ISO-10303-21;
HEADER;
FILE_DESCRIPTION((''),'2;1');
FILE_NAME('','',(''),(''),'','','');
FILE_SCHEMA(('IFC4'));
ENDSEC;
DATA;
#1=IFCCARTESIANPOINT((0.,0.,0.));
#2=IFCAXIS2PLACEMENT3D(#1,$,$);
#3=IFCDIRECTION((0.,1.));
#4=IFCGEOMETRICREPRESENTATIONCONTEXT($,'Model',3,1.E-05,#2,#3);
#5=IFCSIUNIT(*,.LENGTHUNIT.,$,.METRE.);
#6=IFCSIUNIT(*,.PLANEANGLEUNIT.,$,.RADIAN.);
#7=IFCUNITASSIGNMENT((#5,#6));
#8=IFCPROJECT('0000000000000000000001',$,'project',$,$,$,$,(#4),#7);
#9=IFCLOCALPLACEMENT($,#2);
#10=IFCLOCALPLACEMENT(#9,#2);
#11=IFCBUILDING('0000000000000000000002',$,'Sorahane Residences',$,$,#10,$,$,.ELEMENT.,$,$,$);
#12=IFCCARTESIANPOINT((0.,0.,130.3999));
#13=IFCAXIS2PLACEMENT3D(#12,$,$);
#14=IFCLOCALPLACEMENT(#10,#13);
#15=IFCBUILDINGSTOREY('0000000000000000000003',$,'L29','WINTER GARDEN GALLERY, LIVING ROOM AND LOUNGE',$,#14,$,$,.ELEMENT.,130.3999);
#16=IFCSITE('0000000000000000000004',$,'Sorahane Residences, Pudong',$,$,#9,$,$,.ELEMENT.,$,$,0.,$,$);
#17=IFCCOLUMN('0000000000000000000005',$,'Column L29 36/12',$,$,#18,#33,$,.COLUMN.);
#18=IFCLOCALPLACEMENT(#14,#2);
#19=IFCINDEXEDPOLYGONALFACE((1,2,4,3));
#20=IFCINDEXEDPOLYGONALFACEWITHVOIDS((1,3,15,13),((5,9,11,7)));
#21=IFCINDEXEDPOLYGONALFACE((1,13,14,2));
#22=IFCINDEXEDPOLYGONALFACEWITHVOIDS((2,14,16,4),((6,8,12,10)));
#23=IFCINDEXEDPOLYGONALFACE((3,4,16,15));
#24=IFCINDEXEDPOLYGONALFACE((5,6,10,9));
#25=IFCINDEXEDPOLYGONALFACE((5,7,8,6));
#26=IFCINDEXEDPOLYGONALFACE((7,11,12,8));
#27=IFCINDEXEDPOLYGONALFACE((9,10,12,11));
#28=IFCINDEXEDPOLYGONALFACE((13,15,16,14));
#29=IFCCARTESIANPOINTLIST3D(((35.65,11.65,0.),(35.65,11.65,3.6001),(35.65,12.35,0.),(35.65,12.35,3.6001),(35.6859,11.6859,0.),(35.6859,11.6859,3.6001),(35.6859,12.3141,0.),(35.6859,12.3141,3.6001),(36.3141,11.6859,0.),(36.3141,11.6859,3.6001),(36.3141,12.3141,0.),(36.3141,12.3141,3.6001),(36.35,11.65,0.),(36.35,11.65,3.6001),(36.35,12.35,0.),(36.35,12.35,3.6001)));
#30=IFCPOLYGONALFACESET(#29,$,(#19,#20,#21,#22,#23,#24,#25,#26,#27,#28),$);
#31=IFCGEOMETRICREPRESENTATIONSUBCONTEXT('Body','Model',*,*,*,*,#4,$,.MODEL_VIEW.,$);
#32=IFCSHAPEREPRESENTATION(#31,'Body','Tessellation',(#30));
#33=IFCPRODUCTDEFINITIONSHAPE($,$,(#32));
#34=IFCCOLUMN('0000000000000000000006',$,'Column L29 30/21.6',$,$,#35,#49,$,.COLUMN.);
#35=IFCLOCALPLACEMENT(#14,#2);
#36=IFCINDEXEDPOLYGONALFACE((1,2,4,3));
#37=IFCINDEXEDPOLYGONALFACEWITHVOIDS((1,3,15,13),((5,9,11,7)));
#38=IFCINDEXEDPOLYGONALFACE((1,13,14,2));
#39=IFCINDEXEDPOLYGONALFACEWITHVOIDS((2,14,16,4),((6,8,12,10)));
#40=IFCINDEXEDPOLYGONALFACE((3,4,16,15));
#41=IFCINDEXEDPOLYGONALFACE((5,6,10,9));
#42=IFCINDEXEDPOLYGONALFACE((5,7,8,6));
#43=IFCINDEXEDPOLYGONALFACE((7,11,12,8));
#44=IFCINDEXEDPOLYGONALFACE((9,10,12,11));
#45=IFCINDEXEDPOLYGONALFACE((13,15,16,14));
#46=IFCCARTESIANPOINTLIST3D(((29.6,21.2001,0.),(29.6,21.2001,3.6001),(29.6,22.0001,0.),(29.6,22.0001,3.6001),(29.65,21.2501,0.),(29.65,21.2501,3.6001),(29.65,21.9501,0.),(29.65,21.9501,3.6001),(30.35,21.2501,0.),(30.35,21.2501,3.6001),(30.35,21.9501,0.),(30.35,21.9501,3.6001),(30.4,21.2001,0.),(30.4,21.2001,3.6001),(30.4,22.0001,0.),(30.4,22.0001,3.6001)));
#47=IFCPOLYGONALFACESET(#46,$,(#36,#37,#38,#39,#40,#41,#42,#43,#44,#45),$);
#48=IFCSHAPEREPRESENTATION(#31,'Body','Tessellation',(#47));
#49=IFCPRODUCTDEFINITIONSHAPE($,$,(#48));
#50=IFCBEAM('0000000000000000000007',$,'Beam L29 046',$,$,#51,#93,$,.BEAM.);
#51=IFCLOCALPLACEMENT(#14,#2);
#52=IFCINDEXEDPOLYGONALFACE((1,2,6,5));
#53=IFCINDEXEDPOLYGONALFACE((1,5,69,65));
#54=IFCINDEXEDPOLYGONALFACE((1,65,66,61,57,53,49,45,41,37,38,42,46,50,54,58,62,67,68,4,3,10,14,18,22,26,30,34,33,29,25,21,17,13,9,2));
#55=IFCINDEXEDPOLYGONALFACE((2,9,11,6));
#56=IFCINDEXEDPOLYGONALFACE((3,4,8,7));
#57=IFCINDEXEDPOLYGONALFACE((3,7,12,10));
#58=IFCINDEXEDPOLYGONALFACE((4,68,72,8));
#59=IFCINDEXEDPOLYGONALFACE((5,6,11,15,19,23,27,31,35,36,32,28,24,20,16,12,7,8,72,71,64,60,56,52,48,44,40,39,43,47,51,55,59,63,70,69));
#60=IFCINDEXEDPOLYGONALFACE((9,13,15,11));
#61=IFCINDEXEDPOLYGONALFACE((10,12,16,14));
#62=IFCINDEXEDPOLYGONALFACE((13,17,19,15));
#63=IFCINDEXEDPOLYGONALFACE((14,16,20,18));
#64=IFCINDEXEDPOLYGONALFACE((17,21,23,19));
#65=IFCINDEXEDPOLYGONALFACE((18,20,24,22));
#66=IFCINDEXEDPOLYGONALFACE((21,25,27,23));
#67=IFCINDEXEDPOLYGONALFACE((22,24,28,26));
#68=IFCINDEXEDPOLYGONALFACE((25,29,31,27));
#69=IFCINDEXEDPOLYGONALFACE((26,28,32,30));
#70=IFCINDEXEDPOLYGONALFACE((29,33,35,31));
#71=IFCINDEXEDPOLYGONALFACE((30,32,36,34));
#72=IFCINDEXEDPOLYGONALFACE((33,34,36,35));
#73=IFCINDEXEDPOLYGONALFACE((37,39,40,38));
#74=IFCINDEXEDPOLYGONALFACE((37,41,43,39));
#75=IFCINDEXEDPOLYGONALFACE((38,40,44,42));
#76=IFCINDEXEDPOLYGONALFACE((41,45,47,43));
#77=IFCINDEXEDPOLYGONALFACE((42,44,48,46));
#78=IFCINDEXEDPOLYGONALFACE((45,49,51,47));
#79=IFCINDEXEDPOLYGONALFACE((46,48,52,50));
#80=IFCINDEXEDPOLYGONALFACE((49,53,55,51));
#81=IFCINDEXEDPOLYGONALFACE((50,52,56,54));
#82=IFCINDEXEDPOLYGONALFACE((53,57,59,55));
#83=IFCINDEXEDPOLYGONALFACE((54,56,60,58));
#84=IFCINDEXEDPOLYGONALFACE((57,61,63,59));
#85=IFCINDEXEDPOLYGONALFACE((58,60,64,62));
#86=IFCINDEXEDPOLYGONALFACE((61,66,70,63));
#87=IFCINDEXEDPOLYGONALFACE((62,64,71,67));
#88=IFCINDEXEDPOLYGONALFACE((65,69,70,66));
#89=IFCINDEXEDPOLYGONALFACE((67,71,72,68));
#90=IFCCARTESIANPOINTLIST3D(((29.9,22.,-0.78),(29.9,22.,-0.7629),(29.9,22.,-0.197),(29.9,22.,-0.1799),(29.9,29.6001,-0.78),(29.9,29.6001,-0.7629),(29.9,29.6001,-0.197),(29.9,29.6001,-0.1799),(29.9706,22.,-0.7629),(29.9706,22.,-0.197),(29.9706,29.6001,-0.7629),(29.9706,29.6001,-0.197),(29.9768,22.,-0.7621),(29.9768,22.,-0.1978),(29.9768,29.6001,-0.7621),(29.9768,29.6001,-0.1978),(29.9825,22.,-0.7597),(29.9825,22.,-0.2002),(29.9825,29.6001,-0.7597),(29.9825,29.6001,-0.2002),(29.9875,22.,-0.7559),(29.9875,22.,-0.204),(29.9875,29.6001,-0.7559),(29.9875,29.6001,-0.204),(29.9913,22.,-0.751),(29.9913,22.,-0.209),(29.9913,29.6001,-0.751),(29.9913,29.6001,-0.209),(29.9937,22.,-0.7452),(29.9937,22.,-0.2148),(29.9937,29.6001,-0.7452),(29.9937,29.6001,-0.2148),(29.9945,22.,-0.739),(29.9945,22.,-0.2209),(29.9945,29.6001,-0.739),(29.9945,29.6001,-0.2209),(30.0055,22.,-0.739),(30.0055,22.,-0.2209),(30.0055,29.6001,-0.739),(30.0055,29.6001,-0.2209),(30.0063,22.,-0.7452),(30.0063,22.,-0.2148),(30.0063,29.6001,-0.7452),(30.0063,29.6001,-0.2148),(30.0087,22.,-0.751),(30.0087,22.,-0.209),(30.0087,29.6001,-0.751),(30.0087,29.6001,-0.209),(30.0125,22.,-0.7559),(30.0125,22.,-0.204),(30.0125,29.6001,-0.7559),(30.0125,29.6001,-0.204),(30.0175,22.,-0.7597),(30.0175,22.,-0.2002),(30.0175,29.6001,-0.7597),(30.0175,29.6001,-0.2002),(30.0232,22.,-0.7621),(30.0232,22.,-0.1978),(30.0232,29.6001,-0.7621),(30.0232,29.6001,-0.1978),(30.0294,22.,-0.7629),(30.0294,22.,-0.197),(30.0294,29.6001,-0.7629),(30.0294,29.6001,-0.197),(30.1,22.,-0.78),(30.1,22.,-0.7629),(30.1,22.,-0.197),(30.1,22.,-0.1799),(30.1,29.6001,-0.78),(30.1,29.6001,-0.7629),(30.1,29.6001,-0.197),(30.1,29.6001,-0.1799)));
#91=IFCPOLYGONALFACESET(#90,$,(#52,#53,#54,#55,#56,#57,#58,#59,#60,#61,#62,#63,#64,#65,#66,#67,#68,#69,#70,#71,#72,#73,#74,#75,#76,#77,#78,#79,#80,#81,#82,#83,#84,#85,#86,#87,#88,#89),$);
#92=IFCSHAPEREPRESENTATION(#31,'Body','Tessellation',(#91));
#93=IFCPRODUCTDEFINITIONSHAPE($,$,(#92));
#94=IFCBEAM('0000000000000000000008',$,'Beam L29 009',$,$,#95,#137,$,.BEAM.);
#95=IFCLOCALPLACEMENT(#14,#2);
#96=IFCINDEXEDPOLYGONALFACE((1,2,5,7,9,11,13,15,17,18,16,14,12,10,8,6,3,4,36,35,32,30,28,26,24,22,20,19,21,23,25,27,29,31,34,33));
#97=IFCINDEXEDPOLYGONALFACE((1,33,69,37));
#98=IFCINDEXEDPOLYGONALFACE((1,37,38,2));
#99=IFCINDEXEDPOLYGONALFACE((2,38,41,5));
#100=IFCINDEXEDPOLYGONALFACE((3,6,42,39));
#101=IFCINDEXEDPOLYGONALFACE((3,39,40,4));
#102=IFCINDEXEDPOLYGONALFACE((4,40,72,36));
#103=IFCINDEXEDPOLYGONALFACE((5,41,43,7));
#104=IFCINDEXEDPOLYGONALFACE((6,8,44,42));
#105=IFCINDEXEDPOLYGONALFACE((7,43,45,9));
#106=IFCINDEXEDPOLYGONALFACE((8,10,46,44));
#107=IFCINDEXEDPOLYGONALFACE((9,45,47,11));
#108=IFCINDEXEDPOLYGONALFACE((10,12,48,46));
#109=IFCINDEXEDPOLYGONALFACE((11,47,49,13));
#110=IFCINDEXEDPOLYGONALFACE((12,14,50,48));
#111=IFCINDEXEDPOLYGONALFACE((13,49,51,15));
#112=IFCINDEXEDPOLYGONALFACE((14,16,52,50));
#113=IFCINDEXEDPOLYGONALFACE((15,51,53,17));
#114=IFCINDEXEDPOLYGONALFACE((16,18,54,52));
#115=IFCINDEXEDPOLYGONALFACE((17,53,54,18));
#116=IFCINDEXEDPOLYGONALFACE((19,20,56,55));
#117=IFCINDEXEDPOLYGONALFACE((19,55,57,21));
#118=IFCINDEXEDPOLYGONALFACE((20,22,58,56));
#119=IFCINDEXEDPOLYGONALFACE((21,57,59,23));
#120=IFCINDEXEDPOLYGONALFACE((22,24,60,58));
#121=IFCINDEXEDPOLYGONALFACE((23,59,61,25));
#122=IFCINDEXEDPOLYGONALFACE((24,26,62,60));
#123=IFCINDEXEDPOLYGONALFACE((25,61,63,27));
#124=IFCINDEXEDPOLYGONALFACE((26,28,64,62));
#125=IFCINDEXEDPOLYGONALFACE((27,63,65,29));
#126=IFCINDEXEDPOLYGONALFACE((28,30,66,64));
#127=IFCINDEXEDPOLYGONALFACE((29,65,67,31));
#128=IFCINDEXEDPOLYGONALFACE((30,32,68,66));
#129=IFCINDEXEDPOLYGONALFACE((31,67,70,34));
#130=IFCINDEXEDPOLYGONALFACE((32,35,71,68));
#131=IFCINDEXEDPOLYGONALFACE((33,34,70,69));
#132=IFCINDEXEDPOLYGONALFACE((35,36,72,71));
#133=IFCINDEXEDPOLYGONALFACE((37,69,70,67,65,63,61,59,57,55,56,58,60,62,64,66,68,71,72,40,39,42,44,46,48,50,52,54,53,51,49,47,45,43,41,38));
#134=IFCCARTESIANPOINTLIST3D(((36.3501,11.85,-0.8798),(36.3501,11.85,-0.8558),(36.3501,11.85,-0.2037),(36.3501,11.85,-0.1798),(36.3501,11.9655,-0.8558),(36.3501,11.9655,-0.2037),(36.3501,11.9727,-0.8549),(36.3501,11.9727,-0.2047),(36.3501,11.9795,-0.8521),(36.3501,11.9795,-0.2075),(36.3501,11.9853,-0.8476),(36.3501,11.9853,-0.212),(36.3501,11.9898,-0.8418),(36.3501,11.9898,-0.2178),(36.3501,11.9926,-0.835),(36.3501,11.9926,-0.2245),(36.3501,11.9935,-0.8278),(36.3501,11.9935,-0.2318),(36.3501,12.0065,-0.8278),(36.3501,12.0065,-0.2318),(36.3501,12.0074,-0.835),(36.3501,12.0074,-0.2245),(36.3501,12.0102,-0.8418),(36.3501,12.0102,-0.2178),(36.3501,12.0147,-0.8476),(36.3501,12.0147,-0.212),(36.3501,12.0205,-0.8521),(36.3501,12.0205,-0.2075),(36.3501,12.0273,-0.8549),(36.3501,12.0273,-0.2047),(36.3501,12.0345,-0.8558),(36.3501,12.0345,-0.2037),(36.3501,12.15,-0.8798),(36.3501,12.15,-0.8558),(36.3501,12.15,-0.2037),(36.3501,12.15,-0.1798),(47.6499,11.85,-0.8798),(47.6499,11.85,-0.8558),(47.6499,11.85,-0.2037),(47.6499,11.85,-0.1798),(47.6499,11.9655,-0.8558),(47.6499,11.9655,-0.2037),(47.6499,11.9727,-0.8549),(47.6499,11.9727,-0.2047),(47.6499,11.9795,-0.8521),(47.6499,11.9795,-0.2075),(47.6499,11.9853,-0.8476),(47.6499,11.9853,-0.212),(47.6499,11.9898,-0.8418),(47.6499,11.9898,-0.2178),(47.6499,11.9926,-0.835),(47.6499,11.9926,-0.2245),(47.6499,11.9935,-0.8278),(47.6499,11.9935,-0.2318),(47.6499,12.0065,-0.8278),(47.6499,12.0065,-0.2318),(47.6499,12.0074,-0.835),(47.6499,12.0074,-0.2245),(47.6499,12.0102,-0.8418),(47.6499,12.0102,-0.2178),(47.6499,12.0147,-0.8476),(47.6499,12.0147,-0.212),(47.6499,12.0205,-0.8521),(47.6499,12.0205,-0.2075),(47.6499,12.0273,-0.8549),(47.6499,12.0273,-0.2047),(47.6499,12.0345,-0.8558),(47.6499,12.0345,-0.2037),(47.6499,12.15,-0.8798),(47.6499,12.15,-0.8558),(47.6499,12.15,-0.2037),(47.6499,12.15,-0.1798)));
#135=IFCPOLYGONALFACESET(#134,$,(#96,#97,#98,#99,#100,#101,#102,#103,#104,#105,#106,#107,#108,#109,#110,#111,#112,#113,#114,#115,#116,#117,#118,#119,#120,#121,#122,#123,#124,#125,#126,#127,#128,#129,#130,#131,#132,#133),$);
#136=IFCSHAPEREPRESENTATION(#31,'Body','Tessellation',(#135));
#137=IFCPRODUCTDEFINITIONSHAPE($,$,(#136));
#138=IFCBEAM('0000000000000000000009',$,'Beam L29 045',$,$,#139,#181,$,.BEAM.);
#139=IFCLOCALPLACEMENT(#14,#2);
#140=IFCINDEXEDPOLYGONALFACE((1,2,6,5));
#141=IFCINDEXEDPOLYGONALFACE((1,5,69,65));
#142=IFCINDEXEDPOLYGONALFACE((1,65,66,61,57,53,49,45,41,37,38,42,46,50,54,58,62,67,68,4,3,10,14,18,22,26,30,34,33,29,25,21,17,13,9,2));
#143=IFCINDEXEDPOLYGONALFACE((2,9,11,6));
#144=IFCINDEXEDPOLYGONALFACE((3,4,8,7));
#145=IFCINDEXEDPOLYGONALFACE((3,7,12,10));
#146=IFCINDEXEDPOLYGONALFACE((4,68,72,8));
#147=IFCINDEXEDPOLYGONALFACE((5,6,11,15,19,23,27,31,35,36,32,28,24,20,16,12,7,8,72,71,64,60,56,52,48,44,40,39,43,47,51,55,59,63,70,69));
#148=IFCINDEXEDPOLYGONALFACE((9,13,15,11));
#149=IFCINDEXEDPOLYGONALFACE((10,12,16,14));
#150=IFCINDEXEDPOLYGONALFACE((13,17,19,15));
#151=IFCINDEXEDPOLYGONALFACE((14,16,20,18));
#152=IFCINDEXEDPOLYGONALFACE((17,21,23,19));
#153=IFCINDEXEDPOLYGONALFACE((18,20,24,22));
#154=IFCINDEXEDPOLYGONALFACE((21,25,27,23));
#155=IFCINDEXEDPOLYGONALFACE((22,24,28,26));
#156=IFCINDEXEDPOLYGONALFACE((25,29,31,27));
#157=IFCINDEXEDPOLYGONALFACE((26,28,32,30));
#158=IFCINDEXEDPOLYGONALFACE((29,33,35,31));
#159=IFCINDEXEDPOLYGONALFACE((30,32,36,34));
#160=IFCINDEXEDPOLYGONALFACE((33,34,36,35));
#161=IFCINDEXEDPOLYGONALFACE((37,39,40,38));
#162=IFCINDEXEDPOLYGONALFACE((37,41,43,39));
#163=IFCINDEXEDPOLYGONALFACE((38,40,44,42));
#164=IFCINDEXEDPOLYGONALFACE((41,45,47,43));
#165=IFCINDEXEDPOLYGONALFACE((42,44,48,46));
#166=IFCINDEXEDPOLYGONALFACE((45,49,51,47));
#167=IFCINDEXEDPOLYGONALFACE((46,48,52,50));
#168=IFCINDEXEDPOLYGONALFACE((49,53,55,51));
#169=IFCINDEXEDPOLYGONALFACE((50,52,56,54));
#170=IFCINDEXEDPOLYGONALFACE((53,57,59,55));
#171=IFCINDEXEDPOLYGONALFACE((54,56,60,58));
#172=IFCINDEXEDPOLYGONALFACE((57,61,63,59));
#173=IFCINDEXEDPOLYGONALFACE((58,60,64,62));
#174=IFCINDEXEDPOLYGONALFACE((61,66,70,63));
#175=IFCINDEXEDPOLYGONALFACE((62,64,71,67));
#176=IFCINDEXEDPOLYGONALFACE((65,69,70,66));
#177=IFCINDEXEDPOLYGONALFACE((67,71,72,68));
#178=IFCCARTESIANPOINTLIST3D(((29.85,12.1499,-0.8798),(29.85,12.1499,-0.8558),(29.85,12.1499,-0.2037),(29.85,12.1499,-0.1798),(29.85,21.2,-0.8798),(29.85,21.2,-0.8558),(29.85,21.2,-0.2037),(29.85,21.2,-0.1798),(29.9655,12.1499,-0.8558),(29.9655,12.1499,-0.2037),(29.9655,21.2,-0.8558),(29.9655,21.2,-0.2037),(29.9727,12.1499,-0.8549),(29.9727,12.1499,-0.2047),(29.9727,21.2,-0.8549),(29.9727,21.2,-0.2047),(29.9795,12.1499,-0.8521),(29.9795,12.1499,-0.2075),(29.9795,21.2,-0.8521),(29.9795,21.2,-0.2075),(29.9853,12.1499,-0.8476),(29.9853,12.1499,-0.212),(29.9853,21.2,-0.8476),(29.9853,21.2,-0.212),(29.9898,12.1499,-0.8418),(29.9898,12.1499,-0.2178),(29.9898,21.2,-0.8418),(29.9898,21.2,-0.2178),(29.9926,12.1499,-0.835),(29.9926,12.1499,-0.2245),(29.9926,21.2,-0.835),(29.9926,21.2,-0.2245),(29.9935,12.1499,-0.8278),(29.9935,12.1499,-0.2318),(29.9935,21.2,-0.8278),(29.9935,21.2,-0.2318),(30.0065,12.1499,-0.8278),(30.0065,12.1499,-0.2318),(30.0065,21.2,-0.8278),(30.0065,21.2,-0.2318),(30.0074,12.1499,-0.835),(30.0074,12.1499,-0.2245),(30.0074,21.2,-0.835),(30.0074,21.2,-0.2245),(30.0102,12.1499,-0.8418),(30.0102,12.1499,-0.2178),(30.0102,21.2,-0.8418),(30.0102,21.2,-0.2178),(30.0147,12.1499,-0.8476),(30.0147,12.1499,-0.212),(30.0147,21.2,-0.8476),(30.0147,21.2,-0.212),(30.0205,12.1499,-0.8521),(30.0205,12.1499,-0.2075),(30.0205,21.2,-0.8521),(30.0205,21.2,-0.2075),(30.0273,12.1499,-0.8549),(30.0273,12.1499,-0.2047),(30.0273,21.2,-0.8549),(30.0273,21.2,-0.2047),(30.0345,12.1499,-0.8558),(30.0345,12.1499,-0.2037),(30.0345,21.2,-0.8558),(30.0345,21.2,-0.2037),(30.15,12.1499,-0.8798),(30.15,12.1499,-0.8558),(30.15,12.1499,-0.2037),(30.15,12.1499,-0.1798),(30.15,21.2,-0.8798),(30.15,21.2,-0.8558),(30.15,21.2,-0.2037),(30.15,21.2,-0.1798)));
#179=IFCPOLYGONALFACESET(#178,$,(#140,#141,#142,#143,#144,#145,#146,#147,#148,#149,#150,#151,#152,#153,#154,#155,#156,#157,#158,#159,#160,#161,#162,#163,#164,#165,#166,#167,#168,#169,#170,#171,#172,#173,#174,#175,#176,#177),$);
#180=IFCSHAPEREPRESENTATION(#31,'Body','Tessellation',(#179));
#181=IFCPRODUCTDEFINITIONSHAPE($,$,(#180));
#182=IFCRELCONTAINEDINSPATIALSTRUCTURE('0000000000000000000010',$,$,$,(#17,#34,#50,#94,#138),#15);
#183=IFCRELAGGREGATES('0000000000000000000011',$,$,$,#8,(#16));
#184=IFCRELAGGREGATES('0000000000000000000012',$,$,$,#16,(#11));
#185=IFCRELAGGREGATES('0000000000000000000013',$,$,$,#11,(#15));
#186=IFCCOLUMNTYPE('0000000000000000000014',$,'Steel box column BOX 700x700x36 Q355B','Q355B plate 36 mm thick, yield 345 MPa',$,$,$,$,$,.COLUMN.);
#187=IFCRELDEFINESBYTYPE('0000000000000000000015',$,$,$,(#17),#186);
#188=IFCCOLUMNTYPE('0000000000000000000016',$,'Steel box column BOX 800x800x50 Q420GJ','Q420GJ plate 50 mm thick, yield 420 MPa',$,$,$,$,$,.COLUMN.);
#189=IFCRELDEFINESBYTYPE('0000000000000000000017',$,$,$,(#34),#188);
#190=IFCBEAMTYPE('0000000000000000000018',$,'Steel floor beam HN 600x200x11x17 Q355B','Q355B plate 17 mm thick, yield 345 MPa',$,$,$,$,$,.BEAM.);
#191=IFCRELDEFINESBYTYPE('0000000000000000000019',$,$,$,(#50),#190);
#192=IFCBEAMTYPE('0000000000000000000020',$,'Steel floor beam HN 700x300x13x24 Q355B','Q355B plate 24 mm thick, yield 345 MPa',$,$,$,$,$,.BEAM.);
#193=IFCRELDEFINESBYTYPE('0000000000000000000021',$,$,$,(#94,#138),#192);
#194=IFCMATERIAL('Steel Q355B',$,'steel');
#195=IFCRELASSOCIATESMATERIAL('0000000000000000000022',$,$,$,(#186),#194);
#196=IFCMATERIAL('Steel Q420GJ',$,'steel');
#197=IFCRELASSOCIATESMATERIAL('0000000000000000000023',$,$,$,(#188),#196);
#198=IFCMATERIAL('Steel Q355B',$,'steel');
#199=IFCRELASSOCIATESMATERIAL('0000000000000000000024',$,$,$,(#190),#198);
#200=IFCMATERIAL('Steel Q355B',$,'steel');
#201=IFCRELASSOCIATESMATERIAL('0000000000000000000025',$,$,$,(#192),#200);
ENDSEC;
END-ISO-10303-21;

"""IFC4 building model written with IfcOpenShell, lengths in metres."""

from ifc_helpers import new_model, si_unit, direction, frame, origin, origin_2d, place, context, subcontext, project, spatial, hollow_rectangle, i_section, extrude, material, material_profile, profile_set, type_object, element, save


model = new_model("IFC4")

# Units and contexts
model_context = context("Model", 3, precision=1e-05, world=origin(), true_north=direction((0.0, 1.0)))
body_context = subcontext(model_context, "Body", "Model", "MODEL_VIEW")
ifc_project = project(units=[si_unit("LENGTHUNIT", "METRE"), si_unit("PLANEANGLEUNIT", "RADIAN")], contexts=[model_context])

# Site, building, storey
site_placement = place(None, origin())
site = spatial("IfcSite", under=ifc_project, at=site_placement, Name="Sorahane Residences, Pudong", CompositionType="ELEMENT", RefElevation=0.0)
building_placement = place(site_placement, origin())
building = spatial("IfcBuilding", under=site, at=building_placement, Name="Sorahane Residences", CompositionType="ELEMENT")
storey_placement = place(building_placement, frame((0.0, 0.0, 130.3999)))
storey = spatial("IfcBuildingStorey", under=building, at=storey_placement, Name="L29", Description="WINTER GARDEN GALLERY, LIVING ROOM AND LOUNGE", CompositionType="ELEMENT", Elevation=130.3999)

# Columns
ifc_material_1 = material(Name="Steel Q355B", Category="steel")
ifc_material_profile_1 = material_profile(ifc_material_1, hollow_rectangle(XDim=0.7, YDim=0.7, WallThickness=0.0359, at=origin_2d()), Name="BOX 700x700x36")
ifc_profile_set_1 = profile_set([ifc_material_profile_1], Name="Steel Q355B")
column_type_1 = type_object("IfcColumnType", Name="Steel box column BOX 700x700x36 Q355B", Description="Q355B plate 36 mm thick, yield 345 MPa", PredefinedType="COLUMN", material=ifc_profile_set_1)
column_1_placement = place(storey_placement, frame((36.0, 12.0, 0.0), z_axis=(0.0, 0.0, 1.0), x_axis=(1.0, 0.0, 0.0)))
element("IfcColumn", 1, at=column_1_placement, inside=storey, type_object=column_type_1, Name="Column L29 36/12", PredefinedType="COLUMN", context=body_context, shape_type="SweptSolid", body=[
    extrude(hollow_rectangle(XDim=0.7, YDim=0.7, WallThickness=0.0359, at=origin_2d()), origin(), (0.0, 0.0, 1.0), 3.6001),
])
ifc_material_2 = material(Name="Steel Q420GJ", Category="steel")
ifc_material_profile_2 = material_profile(ifc_material_2, hollow_rectangle(XDim=0.8, YDim=0.8, WallThickness=0.05, at=origin_2d()), Name="BOX 800x800x50")
ifc_profile_set_2 = profile_set([ifc_material_profile_2], Name="Steel Q420GJ")
column_type_2 = type_object("IfcColumnType", Name="Steel box column BOX 800x800x50 Q420GJ", Description="Q420GJ plate 50 mm thick, yield 420 MPa", PredefinedType="COLUMN", material=ifc_profile_set_2)
column_2_placement = place(storey_placement, frame((30.0, 21.6001, 0.0), z_axis=(0.0, 0.0, 1.0), x_axis=(1.0, 0.0, 0.0)))
element("IfcColumn", 2, at=column_2_placement, inside=storey, type_object=column_type_2, Name="Column L29 30/21.6", PredefinedType="COLUMN", context=body_context, shape_type="SweptSolid", body=[
    extrude(hollow_rectangle(XDim=0.8, YDim=0.8, WallThickness=0.05, at=origin_2d()), origin(), (0.0, 0.0, 1.0), 3.6001),
])

# Beams
ifc_material_3 = material(Name="Steel Q355B", Category="steel")
ifc_material_profile_3 = material_profile(ifc_material_3, i_section(OverallWidth=0.2, OverallDepth=0.6001, WebThickness=0.011, FlangeThickness=0.0171, FilletRadius=0.0239, at=origin_2d()), Name="HN 600x200x11x17")
ifc_profile_set_3 = profile_set([ifc_material_profile_3], Name="Steel Q355B")
beam_type_1 = type_object("IfcBeamType", Name="Steel floor beam HN 600x200x11x17 Q355B", Description="Q355B plate 17 mm thick, yield 345 MPa", PredefinedType="BEAM", material=ifc_profile_set_3)
beam_1_placement = place(storey_placement, frame((30.0, 22.0, -0.48), z_axis=(0.0, 1.0, 0.0), x_axis=(-1.0, 0.0, 0.0)))
element("IfcBeam", 3, at=beam_1_placement, inside=storey, type_object=beam_type_1, Name="Beam L29 046", PredefinedType="BEAM", context=body_context, shape_type="SweptSolid", body=[
    extrude(i_section(OverallWidth=0.2, OverallDepth=0.6001, WebThickness=0.011, FlangeThickness=0.0171, FilletRadius=0.0239, at=origin_2d()), origin(), (0.0, 0.0, 1.0), 7.6001),
])
ifc_material_4 = material(Name="Steel Q355B", Category="steel")
ifc_material_profile_4 = material_profile(ifc_material_4, i_section(OverallWidth=0.3, OverallDepth=0.7, WebThickness=0.0129, FlangeThickness=0.0239, FilletRadius=0.0281, at=origin_2d()), Name="HN 700x300x13x24")
ifc_profile_set_4 = profile_set([ifc_material_profile_4], Name="Steel Q355B")
beam_type_2 = type_object("IfcBeamType", Name="Steel floor beam HN 700x300x13x24 Q355B", Description="Q355B plate 24 mm thick, yield 345 MPa", PredefinedType="BEAM", material=ifc_profile_set_4)
beam_2_placement = place(storey_placement, frame((36.3501, 12.0, -0.5298), z_axis=(1.0, 0.0, 0.0), x_axis=(0.0, 1.0, 0.0)))
element("IfcBeam", 4, at=beam_2_placement, inside=storey, type_object=beam_type_2, Name="Beam L29 009", PredefinedType="BEAM", context=body_context, shape_type="SweptSolid", body=[
    extrude(i_section(OverallWidth=0.3, OverallDepth=0.7, WebThickness=0.0129, FlangeThickness=0.0239, FilletRadius=0.0281, at=origin_2d()), origin(), (0.0, 0.0, 1.0), 11.2998),
])
beam_3_placement = place(storey_placement, frame((30.0, 12.1499, -0.5298), z_axis=(0.0, 1.0, 0.0), x_axis=(-1.0, 0.0, 0.0)))
element("IfcBeam", 5, at=beam_3_placement, inside=storey, type_object=beam_type_2, Name="Beam L29 045", PredefinedType="BEAM", context=body_context, shape_type="SweptSolid", body=[
    extrude(i_section(OverallWidth=0.3, OverallDepth=0.7, WebThickness=0.0129, FlangeThickness=0.0239, FilletRadius=0.0281, at=origin_2d()), origin(), (0.0, 0.0, 1.0), 9.05),
])

save(model, "model.ifc")
